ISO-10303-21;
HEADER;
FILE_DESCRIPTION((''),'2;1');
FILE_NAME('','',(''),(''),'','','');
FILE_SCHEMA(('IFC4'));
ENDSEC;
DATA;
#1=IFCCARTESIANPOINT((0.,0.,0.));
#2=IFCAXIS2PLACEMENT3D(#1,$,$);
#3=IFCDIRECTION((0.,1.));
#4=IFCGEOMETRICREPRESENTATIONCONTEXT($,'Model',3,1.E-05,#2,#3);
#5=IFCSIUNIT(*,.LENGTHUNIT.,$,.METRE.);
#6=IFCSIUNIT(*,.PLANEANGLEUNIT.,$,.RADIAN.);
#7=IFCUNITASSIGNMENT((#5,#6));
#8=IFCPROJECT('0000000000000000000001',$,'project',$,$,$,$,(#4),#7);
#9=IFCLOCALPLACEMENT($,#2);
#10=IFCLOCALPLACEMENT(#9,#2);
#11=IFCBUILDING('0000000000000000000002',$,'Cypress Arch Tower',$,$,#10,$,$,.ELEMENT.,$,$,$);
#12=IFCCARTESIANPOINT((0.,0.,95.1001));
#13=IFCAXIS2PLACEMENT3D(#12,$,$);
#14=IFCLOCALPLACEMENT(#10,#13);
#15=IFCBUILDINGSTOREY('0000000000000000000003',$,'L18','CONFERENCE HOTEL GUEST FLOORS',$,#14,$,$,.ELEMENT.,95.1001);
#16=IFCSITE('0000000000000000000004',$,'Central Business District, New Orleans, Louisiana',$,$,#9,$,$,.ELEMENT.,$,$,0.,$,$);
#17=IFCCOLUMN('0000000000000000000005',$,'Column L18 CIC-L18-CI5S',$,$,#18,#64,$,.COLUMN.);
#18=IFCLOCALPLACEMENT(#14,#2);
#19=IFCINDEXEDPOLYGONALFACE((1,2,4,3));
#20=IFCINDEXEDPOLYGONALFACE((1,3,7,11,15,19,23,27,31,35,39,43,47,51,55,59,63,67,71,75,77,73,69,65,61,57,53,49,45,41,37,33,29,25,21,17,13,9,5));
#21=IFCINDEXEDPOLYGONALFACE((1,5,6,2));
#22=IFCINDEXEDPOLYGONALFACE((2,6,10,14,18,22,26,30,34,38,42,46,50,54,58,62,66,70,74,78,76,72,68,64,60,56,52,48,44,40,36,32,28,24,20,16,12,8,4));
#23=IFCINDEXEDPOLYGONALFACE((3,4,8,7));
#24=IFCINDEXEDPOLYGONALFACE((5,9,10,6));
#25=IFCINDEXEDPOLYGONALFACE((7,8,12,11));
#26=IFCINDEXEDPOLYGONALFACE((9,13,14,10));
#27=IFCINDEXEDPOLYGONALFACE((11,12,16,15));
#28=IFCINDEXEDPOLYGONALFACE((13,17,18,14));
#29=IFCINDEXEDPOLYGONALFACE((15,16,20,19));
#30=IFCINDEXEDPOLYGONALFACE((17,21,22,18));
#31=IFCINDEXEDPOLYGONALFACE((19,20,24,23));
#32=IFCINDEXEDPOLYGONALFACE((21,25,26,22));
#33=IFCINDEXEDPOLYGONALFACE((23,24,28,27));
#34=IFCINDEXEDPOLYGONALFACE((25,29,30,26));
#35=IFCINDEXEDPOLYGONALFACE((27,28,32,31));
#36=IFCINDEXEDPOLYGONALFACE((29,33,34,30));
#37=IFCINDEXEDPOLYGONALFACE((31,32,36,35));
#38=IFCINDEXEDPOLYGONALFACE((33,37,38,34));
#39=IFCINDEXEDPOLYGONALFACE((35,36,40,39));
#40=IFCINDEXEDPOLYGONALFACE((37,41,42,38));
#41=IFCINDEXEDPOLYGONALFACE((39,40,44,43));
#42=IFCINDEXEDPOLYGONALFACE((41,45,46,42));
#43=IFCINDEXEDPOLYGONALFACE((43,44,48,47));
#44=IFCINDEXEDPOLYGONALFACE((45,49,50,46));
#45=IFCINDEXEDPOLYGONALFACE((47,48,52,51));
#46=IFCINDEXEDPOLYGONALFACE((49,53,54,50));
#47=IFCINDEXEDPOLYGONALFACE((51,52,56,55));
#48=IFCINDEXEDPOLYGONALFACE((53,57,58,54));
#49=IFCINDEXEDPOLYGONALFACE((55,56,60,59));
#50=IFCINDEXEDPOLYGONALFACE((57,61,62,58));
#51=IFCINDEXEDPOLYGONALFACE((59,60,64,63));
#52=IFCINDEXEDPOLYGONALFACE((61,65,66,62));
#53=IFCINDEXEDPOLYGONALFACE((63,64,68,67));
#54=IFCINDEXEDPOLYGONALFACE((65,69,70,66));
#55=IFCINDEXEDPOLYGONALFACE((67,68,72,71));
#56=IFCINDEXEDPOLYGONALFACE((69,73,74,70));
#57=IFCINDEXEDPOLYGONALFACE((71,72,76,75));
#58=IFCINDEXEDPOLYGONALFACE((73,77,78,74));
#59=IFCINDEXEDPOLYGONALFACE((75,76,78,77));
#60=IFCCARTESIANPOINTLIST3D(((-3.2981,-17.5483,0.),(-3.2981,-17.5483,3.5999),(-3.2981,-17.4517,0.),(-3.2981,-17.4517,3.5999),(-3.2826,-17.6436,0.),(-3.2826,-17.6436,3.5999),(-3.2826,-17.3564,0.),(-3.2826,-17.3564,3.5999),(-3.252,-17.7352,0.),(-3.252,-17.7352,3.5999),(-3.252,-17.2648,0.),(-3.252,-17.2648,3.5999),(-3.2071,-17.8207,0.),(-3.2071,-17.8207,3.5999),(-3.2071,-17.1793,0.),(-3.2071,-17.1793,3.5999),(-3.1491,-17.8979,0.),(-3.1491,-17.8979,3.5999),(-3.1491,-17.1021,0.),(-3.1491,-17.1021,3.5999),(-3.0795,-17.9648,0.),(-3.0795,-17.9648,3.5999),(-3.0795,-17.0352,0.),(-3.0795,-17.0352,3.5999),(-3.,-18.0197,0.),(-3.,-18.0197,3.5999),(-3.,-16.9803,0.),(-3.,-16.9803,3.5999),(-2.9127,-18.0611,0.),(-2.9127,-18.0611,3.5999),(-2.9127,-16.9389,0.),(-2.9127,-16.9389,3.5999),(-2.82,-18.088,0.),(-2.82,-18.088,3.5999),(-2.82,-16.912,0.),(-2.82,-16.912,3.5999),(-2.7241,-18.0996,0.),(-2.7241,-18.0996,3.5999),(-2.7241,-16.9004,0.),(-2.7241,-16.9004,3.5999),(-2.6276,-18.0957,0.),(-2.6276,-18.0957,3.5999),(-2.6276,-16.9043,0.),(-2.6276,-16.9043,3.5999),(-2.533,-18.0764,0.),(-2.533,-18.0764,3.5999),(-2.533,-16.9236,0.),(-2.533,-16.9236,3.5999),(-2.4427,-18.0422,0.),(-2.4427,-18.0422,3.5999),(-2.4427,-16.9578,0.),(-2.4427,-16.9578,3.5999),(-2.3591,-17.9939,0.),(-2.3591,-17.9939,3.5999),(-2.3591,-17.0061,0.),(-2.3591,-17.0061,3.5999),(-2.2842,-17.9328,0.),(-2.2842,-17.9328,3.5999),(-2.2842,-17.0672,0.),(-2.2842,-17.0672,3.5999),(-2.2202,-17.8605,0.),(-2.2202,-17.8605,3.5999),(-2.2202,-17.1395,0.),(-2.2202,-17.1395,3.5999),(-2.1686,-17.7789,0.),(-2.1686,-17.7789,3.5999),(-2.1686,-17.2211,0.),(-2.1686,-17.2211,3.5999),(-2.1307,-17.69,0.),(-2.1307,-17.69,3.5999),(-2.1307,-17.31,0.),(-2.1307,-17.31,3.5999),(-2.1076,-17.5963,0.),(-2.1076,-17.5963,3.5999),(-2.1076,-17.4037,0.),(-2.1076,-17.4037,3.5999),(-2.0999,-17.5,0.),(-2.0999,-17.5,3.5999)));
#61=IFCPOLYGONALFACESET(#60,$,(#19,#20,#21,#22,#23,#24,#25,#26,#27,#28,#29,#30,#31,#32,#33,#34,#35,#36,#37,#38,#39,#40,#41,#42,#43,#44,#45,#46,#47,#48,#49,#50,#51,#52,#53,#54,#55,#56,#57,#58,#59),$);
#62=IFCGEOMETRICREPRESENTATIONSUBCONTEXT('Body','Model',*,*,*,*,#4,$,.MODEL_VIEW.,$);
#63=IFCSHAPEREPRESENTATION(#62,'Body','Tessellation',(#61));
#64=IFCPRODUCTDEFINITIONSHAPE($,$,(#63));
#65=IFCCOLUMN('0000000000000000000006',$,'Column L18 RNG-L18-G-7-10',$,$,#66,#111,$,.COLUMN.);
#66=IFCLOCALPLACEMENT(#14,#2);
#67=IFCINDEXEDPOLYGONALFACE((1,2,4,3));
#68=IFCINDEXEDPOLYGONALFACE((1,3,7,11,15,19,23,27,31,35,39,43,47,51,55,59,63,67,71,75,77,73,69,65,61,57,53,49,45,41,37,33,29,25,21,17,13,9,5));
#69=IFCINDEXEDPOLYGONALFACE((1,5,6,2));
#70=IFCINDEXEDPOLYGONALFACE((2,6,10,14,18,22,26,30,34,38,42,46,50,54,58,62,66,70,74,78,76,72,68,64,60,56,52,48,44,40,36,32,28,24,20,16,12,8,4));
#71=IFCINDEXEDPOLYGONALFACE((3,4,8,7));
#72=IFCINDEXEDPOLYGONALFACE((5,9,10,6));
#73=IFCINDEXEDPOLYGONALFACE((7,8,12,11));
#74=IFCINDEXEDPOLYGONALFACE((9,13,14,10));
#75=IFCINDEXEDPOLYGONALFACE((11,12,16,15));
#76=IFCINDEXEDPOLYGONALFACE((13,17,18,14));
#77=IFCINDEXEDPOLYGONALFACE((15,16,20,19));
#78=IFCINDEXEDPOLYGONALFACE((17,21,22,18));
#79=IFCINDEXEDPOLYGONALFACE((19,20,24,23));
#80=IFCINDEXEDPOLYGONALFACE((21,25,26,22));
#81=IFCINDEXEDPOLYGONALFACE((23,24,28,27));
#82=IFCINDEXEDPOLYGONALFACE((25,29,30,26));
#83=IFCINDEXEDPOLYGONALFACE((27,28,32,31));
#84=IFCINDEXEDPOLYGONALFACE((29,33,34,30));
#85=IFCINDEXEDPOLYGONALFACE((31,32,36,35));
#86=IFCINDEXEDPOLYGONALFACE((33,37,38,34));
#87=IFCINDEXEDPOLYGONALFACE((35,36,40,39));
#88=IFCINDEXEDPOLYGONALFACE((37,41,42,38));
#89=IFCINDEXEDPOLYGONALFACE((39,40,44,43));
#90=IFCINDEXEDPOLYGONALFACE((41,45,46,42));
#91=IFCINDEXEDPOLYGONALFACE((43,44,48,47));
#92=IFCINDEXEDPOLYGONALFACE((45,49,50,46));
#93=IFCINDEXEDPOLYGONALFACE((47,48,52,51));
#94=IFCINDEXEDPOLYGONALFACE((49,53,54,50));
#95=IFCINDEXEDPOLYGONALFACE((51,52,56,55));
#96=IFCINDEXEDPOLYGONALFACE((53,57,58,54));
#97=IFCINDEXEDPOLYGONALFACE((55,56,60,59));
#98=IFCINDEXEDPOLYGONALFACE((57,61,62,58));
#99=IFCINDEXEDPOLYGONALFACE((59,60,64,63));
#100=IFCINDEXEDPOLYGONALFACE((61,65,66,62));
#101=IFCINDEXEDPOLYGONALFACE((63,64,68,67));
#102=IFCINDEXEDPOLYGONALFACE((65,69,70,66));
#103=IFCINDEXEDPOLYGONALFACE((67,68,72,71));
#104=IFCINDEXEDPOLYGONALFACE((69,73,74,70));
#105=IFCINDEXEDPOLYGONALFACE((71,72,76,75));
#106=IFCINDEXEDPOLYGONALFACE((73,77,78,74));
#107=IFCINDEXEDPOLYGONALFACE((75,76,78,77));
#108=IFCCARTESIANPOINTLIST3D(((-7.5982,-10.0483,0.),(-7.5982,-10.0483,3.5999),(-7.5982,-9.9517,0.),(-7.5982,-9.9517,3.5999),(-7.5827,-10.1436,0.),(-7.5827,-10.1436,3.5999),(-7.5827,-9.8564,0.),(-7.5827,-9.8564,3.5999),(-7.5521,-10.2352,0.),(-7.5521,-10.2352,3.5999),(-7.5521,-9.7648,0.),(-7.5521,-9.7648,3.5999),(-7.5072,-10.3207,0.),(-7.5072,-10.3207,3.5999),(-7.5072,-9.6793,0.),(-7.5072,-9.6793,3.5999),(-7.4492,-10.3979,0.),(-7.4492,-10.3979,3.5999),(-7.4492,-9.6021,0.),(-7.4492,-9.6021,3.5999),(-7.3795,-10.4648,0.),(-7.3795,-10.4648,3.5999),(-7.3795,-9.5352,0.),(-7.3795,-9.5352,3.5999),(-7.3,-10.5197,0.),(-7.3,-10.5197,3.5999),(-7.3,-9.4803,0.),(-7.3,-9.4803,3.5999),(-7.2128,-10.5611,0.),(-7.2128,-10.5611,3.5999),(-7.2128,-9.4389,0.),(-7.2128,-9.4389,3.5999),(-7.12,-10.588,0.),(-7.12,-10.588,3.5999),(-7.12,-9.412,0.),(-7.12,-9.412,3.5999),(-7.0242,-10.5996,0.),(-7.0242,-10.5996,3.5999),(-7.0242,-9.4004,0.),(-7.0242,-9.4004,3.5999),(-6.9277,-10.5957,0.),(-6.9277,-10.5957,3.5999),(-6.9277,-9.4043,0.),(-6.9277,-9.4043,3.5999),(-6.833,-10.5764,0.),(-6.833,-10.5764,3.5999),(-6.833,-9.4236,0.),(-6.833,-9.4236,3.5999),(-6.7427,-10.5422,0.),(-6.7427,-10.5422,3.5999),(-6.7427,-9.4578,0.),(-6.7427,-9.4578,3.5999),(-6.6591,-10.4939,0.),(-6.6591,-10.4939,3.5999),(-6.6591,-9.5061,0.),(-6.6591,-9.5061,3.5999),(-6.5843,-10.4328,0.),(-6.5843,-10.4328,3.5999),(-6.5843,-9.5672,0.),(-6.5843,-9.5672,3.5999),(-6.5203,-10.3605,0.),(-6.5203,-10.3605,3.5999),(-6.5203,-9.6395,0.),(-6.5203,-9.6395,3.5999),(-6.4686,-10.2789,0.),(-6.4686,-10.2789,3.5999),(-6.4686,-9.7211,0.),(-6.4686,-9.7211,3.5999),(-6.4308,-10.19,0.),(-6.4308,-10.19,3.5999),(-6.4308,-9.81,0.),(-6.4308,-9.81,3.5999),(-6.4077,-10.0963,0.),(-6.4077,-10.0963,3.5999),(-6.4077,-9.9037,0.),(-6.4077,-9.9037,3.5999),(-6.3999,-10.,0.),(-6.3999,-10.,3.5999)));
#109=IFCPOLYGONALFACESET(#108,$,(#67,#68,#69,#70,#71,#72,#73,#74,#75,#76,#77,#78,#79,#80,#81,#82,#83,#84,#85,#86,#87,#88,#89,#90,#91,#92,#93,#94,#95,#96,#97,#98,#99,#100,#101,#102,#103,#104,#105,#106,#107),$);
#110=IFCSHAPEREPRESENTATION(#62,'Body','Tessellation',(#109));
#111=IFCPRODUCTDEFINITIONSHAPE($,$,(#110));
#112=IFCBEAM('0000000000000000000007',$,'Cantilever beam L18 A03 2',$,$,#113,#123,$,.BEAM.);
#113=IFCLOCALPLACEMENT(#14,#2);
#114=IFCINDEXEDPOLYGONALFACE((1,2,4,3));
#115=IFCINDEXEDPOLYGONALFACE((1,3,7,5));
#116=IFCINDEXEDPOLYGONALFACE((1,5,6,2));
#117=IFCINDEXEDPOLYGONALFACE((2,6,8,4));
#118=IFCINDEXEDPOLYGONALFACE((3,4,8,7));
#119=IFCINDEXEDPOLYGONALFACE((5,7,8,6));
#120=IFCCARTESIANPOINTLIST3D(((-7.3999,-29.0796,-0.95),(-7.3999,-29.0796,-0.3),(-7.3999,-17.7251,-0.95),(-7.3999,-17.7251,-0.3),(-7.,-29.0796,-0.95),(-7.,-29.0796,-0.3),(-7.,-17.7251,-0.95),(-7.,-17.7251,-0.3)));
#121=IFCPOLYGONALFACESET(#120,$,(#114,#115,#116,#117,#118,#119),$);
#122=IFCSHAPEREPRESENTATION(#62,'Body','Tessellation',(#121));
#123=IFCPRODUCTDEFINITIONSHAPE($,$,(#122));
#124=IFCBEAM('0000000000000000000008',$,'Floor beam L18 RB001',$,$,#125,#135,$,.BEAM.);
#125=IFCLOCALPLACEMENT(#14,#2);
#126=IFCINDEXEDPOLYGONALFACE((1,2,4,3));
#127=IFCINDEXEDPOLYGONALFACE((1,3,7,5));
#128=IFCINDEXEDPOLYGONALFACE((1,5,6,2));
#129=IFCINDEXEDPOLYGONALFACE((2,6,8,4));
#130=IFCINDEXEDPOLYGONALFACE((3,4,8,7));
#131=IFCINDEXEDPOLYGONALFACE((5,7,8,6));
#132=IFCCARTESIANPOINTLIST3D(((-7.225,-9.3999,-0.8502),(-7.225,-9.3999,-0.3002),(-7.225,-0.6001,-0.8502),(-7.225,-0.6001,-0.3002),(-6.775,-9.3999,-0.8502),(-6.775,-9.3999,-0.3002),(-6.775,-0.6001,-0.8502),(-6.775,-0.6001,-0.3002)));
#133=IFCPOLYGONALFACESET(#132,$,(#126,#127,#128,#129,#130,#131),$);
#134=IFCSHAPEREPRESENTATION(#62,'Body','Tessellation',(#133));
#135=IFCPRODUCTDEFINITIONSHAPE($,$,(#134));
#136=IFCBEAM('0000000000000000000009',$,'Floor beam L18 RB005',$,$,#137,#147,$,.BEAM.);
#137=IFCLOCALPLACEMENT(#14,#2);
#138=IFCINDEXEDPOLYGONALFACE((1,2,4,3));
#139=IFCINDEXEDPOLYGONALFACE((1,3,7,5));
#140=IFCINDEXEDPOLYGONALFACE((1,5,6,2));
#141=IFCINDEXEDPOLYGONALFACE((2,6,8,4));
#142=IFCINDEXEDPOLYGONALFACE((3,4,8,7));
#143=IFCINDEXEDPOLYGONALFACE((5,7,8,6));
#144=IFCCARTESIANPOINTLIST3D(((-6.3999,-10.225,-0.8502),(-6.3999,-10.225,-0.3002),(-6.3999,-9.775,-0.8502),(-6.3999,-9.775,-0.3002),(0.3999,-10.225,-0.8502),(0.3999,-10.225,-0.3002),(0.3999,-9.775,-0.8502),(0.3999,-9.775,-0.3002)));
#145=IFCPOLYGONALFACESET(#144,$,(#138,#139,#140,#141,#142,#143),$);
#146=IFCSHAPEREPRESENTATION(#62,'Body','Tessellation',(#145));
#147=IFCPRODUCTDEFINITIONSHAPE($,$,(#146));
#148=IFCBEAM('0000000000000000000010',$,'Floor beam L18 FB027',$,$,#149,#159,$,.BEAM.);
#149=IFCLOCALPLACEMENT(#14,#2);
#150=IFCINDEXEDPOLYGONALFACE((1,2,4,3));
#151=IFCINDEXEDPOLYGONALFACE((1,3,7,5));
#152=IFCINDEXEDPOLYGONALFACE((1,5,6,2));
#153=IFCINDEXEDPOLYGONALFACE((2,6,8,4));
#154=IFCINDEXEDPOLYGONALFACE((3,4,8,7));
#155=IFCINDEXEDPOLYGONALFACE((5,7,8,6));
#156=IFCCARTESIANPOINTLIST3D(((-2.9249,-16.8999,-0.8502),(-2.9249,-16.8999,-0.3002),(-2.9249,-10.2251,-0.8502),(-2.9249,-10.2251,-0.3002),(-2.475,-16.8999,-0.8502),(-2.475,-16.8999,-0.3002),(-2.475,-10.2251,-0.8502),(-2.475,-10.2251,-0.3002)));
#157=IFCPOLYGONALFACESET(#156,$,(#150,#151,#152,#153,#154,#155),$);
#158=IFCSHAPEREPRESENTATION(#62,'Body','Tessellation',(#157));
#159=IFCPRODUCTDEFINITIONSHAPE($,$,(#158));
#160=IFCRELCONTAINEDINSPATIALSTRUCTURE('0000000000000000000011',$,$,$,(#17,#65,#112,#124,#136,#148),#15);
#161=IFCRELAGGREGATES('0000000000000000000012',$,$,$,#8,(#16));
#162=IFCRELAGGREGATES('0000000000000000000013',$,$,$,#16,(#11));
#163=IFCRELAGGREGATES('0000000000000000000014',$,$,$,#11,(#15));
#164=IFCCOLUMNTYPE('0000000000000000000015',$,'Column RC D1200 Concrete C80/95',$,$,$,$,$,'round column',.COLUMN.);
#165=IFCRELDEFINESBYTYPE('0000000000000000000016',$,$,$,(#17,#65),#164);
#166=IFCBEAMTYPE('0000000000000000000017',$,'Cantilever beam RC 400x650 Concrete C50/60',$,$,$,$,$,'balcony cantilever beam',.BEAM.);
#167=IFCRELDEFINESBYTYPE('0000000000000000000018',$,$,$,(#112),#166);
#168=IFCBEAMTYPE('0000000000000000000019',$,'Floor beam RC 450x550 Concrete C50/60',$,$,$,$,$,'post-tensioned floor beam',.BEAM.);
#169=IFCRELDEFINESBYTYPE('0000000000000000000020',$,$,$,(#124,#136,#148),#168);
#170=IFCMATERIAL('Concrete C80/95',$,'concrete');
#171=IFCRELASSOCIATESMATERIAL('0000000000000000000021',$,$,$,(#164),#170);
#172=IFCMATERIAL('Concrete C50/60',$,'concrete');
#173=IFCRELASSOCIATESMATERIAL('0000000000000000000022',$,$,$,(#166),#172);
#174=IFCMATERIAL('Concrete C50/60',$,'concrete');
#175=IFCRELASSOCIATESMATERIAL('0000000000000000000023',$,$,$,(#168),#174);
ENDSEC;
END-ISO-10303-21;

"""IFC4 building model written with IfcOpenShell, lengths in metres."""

from ifc_helpers import new_model, si_unit, direction, frame, origin, origin_2d, place, context, subcontext, project, spatial, rectangle, circle, extrude, material, material_profile, profile_set, type_object, element, save


model = new_model("IFC4")

# Units and contexts
model_context = context("Model", 3, precision=1e-05, world=origin(), true_north=direction((0.0, 1.0)))
body_context = subcontext(model_context, "Body", "Model", "MODEL_VIEW")
ifc_project = project(units=[si_unit("LENGTHUNIT", "METRE"), si_unit("PLANEANGLEUNIT", "RADIAN")], contexts=[model_context])

# Site, building, storey
site_placement = place(None, origin())
site = spatial("IfcSite", under=ifc_project, at=site_placement, Name="Central Business District, New Orleans, Louisiana", CompositionType="ELEMENT", RefElevation=0.0)
building_placement = place(site_placement, origin())
building = spatial("IfcBuilding", under=site, at=building_placement, Name="Cypress Arch Tower", CompositionType="ELEMENT")
storey_placement = place(building_placement, frame((0.0, 0.0, 95.1001)))
storey = spatial("IfcBuildingStorey", under=building, at=storey_placement, Name="L18", Description="CONFERENCE HOTEL GUEST FLOORS", CompositionType="ELEMENT", Elevation=95.1001)

# Columns
ifc_material_1 = material(Name="Concrete C80/95", Category="concrete")
ifc_material_profile_1 = material_profile(ifc_material_1, circle(Radius=0.6001, at=origin_2d()), Name="RC D1200")
ifc_profile_set_1 = profile_set([ifc_material_profile_1], Name="Concrete C80/95")
column_type = type_object("IfcColumnType", Name="Column RC D1200 Concrete C80/95", ElementType="round column", PredefinedType="COLUMN", material=ifc_profile_set_1)
for number, where, z_axis, x_axis, name in (
    (1, (-2.7, -17.5, 0.0), (0.0, 0.0, 1.0), (1.0, 0.0, 0.0), "Column L18 CIC-L18-CI5S"),
    (2, (-7.0, -10.0, 0.0), (0.0, 0.0, 1.0), (1.0, 0.0, 0.0), "Column L18 RNG-L18-G-7-10"),
):
    element("IfcColumn", number, at=place(storey_placement, frame(where, z_axis=z_axis, x_axis=x_axis)), inside=storey, type_object=column_type, Name=name, PredefinedType="COLUMN", context=body_context, shape_type="SweptSolid", body=[
        extrude(circle(Radius=0.6001, at=origin_2d()), origin(), (0.0, 0.0, 1.0), 3.5999),
    ])

# Beams
ifc_material_2 = material(Name="Concrete C50/60", Category="concrete")
ifc_material_profile_2 = material_profile(ifc_material_2, rectangle(XDim=0.3999, YDim=0.6499, at=origin_2d()), Name="RC 400x650")
ifc_profile_set_2 = profile_set([ifc_material_profile_2], Name="Concrete C50/60")
beam_type_1 = type_object("IfcBeamType", Name="Cantilever beam RC 400x650 Concrete C50/60", ElementType="balcony cantilever beam", PredefinedType="BEAM", material=ifc_profile_set_2)
beam_1_placement = place(storey_placement, frame((-7.2, -17.7251, -0.625), z_axis=(0.0, -1.0, 0.0), x_axis=(1.0, 0.0, 0.0)))
element("IfcBeam", 3, at=beam_1_placement, inside=storey, type_object=beam_type_1, Name="Cantilever beam L18 A03 2", PredefinedType="BEAM", context=body_context, shape_type="SweptSolid", body=[
    extrude(rectangle(XDim=0.3999, YDim=0.6499, at=origin_2d()), origin(), (0.0, 0.0, 1.0), 11.3545),
])
ifc_material_3 = material(Name="Concrete C50/60", Category="concrete")
ifc_material_profile_3 = material_profile(ifc_material_3, rectangle(XDim=0.45, YDim=0.55, at=origin_2d()), Name="RC 450x550")
ifc_profile_set_3 = profile_set([ifc_material_profile_3], Name="Concrete C50/60")
beam_type_2 = type_object("IfcBeamType", Name="Floor beam RC 450x550 Concrete C50/60", ElementType="post-tensioned floor beam", PredefinedType="BEAM", material=ifc_profile_set_3)
beam_2_placement = place(storey_placement, frame((-7.0, -9.3999, -0.5752), z_axis=(0.0, 1.0, 0.0), x_axis=(-1.0, 0.0, 0.0)))
element("IfcBeam", 4, at=beam_2_placement, inside=storey, type_object=beam_type_2, Name="Floor beam L18 RB001", PredefinedType="BEAM", context=body_context, shape_type="SweptSolid", body=[
    extrude(rectangle(XDim=0.45, YDim=0.55, at=origin_2d()), origin(), (0.0, 0.0, 1.0), 8.7998),
])
beam_3_placement = place(storey_placement, frame((-6.3999, -10.0, -0.5752), z_axis=(1.0, 0.0, 0.0), x_axis=(0.0, 1.0, 0.0)))
element("IfcBeam", 5, at=beam_3_placement, inside=storey, type_object=beam_type_2, Name="Floor beam L18 RB005", PredefinedType="BEAM", context=body_context, shape_type="SweptSolid", body=[
    extrude(rectangle(XDim=0.45, YDim=0.55, at=origin_2d()), origin(), (0.0, 0.0, 1.0), 6.7998),
])
beam_4_placement = place(storey_placement, frame((-2.7, -16.8999, -0.5752), z_axis=(0.0, 1.0, 0.0), x_axis=(-1.0, 0.0, 0.0)))
element("IfcBeam", 6, at=beam_4_placement, inside=storey, type_object=beam_type_2, Name="Floor beam L18 FB027", PredefinedType="BEAM", context=body_context, shape_type="SweptSolid", body=[
    extrude(rectangle(XDim=0.45, YDim=0.55, at=origin_2d()), origin(), (0.0, 0.0, 1.0), 6.6748),
])

save(model, "model.ifc")
